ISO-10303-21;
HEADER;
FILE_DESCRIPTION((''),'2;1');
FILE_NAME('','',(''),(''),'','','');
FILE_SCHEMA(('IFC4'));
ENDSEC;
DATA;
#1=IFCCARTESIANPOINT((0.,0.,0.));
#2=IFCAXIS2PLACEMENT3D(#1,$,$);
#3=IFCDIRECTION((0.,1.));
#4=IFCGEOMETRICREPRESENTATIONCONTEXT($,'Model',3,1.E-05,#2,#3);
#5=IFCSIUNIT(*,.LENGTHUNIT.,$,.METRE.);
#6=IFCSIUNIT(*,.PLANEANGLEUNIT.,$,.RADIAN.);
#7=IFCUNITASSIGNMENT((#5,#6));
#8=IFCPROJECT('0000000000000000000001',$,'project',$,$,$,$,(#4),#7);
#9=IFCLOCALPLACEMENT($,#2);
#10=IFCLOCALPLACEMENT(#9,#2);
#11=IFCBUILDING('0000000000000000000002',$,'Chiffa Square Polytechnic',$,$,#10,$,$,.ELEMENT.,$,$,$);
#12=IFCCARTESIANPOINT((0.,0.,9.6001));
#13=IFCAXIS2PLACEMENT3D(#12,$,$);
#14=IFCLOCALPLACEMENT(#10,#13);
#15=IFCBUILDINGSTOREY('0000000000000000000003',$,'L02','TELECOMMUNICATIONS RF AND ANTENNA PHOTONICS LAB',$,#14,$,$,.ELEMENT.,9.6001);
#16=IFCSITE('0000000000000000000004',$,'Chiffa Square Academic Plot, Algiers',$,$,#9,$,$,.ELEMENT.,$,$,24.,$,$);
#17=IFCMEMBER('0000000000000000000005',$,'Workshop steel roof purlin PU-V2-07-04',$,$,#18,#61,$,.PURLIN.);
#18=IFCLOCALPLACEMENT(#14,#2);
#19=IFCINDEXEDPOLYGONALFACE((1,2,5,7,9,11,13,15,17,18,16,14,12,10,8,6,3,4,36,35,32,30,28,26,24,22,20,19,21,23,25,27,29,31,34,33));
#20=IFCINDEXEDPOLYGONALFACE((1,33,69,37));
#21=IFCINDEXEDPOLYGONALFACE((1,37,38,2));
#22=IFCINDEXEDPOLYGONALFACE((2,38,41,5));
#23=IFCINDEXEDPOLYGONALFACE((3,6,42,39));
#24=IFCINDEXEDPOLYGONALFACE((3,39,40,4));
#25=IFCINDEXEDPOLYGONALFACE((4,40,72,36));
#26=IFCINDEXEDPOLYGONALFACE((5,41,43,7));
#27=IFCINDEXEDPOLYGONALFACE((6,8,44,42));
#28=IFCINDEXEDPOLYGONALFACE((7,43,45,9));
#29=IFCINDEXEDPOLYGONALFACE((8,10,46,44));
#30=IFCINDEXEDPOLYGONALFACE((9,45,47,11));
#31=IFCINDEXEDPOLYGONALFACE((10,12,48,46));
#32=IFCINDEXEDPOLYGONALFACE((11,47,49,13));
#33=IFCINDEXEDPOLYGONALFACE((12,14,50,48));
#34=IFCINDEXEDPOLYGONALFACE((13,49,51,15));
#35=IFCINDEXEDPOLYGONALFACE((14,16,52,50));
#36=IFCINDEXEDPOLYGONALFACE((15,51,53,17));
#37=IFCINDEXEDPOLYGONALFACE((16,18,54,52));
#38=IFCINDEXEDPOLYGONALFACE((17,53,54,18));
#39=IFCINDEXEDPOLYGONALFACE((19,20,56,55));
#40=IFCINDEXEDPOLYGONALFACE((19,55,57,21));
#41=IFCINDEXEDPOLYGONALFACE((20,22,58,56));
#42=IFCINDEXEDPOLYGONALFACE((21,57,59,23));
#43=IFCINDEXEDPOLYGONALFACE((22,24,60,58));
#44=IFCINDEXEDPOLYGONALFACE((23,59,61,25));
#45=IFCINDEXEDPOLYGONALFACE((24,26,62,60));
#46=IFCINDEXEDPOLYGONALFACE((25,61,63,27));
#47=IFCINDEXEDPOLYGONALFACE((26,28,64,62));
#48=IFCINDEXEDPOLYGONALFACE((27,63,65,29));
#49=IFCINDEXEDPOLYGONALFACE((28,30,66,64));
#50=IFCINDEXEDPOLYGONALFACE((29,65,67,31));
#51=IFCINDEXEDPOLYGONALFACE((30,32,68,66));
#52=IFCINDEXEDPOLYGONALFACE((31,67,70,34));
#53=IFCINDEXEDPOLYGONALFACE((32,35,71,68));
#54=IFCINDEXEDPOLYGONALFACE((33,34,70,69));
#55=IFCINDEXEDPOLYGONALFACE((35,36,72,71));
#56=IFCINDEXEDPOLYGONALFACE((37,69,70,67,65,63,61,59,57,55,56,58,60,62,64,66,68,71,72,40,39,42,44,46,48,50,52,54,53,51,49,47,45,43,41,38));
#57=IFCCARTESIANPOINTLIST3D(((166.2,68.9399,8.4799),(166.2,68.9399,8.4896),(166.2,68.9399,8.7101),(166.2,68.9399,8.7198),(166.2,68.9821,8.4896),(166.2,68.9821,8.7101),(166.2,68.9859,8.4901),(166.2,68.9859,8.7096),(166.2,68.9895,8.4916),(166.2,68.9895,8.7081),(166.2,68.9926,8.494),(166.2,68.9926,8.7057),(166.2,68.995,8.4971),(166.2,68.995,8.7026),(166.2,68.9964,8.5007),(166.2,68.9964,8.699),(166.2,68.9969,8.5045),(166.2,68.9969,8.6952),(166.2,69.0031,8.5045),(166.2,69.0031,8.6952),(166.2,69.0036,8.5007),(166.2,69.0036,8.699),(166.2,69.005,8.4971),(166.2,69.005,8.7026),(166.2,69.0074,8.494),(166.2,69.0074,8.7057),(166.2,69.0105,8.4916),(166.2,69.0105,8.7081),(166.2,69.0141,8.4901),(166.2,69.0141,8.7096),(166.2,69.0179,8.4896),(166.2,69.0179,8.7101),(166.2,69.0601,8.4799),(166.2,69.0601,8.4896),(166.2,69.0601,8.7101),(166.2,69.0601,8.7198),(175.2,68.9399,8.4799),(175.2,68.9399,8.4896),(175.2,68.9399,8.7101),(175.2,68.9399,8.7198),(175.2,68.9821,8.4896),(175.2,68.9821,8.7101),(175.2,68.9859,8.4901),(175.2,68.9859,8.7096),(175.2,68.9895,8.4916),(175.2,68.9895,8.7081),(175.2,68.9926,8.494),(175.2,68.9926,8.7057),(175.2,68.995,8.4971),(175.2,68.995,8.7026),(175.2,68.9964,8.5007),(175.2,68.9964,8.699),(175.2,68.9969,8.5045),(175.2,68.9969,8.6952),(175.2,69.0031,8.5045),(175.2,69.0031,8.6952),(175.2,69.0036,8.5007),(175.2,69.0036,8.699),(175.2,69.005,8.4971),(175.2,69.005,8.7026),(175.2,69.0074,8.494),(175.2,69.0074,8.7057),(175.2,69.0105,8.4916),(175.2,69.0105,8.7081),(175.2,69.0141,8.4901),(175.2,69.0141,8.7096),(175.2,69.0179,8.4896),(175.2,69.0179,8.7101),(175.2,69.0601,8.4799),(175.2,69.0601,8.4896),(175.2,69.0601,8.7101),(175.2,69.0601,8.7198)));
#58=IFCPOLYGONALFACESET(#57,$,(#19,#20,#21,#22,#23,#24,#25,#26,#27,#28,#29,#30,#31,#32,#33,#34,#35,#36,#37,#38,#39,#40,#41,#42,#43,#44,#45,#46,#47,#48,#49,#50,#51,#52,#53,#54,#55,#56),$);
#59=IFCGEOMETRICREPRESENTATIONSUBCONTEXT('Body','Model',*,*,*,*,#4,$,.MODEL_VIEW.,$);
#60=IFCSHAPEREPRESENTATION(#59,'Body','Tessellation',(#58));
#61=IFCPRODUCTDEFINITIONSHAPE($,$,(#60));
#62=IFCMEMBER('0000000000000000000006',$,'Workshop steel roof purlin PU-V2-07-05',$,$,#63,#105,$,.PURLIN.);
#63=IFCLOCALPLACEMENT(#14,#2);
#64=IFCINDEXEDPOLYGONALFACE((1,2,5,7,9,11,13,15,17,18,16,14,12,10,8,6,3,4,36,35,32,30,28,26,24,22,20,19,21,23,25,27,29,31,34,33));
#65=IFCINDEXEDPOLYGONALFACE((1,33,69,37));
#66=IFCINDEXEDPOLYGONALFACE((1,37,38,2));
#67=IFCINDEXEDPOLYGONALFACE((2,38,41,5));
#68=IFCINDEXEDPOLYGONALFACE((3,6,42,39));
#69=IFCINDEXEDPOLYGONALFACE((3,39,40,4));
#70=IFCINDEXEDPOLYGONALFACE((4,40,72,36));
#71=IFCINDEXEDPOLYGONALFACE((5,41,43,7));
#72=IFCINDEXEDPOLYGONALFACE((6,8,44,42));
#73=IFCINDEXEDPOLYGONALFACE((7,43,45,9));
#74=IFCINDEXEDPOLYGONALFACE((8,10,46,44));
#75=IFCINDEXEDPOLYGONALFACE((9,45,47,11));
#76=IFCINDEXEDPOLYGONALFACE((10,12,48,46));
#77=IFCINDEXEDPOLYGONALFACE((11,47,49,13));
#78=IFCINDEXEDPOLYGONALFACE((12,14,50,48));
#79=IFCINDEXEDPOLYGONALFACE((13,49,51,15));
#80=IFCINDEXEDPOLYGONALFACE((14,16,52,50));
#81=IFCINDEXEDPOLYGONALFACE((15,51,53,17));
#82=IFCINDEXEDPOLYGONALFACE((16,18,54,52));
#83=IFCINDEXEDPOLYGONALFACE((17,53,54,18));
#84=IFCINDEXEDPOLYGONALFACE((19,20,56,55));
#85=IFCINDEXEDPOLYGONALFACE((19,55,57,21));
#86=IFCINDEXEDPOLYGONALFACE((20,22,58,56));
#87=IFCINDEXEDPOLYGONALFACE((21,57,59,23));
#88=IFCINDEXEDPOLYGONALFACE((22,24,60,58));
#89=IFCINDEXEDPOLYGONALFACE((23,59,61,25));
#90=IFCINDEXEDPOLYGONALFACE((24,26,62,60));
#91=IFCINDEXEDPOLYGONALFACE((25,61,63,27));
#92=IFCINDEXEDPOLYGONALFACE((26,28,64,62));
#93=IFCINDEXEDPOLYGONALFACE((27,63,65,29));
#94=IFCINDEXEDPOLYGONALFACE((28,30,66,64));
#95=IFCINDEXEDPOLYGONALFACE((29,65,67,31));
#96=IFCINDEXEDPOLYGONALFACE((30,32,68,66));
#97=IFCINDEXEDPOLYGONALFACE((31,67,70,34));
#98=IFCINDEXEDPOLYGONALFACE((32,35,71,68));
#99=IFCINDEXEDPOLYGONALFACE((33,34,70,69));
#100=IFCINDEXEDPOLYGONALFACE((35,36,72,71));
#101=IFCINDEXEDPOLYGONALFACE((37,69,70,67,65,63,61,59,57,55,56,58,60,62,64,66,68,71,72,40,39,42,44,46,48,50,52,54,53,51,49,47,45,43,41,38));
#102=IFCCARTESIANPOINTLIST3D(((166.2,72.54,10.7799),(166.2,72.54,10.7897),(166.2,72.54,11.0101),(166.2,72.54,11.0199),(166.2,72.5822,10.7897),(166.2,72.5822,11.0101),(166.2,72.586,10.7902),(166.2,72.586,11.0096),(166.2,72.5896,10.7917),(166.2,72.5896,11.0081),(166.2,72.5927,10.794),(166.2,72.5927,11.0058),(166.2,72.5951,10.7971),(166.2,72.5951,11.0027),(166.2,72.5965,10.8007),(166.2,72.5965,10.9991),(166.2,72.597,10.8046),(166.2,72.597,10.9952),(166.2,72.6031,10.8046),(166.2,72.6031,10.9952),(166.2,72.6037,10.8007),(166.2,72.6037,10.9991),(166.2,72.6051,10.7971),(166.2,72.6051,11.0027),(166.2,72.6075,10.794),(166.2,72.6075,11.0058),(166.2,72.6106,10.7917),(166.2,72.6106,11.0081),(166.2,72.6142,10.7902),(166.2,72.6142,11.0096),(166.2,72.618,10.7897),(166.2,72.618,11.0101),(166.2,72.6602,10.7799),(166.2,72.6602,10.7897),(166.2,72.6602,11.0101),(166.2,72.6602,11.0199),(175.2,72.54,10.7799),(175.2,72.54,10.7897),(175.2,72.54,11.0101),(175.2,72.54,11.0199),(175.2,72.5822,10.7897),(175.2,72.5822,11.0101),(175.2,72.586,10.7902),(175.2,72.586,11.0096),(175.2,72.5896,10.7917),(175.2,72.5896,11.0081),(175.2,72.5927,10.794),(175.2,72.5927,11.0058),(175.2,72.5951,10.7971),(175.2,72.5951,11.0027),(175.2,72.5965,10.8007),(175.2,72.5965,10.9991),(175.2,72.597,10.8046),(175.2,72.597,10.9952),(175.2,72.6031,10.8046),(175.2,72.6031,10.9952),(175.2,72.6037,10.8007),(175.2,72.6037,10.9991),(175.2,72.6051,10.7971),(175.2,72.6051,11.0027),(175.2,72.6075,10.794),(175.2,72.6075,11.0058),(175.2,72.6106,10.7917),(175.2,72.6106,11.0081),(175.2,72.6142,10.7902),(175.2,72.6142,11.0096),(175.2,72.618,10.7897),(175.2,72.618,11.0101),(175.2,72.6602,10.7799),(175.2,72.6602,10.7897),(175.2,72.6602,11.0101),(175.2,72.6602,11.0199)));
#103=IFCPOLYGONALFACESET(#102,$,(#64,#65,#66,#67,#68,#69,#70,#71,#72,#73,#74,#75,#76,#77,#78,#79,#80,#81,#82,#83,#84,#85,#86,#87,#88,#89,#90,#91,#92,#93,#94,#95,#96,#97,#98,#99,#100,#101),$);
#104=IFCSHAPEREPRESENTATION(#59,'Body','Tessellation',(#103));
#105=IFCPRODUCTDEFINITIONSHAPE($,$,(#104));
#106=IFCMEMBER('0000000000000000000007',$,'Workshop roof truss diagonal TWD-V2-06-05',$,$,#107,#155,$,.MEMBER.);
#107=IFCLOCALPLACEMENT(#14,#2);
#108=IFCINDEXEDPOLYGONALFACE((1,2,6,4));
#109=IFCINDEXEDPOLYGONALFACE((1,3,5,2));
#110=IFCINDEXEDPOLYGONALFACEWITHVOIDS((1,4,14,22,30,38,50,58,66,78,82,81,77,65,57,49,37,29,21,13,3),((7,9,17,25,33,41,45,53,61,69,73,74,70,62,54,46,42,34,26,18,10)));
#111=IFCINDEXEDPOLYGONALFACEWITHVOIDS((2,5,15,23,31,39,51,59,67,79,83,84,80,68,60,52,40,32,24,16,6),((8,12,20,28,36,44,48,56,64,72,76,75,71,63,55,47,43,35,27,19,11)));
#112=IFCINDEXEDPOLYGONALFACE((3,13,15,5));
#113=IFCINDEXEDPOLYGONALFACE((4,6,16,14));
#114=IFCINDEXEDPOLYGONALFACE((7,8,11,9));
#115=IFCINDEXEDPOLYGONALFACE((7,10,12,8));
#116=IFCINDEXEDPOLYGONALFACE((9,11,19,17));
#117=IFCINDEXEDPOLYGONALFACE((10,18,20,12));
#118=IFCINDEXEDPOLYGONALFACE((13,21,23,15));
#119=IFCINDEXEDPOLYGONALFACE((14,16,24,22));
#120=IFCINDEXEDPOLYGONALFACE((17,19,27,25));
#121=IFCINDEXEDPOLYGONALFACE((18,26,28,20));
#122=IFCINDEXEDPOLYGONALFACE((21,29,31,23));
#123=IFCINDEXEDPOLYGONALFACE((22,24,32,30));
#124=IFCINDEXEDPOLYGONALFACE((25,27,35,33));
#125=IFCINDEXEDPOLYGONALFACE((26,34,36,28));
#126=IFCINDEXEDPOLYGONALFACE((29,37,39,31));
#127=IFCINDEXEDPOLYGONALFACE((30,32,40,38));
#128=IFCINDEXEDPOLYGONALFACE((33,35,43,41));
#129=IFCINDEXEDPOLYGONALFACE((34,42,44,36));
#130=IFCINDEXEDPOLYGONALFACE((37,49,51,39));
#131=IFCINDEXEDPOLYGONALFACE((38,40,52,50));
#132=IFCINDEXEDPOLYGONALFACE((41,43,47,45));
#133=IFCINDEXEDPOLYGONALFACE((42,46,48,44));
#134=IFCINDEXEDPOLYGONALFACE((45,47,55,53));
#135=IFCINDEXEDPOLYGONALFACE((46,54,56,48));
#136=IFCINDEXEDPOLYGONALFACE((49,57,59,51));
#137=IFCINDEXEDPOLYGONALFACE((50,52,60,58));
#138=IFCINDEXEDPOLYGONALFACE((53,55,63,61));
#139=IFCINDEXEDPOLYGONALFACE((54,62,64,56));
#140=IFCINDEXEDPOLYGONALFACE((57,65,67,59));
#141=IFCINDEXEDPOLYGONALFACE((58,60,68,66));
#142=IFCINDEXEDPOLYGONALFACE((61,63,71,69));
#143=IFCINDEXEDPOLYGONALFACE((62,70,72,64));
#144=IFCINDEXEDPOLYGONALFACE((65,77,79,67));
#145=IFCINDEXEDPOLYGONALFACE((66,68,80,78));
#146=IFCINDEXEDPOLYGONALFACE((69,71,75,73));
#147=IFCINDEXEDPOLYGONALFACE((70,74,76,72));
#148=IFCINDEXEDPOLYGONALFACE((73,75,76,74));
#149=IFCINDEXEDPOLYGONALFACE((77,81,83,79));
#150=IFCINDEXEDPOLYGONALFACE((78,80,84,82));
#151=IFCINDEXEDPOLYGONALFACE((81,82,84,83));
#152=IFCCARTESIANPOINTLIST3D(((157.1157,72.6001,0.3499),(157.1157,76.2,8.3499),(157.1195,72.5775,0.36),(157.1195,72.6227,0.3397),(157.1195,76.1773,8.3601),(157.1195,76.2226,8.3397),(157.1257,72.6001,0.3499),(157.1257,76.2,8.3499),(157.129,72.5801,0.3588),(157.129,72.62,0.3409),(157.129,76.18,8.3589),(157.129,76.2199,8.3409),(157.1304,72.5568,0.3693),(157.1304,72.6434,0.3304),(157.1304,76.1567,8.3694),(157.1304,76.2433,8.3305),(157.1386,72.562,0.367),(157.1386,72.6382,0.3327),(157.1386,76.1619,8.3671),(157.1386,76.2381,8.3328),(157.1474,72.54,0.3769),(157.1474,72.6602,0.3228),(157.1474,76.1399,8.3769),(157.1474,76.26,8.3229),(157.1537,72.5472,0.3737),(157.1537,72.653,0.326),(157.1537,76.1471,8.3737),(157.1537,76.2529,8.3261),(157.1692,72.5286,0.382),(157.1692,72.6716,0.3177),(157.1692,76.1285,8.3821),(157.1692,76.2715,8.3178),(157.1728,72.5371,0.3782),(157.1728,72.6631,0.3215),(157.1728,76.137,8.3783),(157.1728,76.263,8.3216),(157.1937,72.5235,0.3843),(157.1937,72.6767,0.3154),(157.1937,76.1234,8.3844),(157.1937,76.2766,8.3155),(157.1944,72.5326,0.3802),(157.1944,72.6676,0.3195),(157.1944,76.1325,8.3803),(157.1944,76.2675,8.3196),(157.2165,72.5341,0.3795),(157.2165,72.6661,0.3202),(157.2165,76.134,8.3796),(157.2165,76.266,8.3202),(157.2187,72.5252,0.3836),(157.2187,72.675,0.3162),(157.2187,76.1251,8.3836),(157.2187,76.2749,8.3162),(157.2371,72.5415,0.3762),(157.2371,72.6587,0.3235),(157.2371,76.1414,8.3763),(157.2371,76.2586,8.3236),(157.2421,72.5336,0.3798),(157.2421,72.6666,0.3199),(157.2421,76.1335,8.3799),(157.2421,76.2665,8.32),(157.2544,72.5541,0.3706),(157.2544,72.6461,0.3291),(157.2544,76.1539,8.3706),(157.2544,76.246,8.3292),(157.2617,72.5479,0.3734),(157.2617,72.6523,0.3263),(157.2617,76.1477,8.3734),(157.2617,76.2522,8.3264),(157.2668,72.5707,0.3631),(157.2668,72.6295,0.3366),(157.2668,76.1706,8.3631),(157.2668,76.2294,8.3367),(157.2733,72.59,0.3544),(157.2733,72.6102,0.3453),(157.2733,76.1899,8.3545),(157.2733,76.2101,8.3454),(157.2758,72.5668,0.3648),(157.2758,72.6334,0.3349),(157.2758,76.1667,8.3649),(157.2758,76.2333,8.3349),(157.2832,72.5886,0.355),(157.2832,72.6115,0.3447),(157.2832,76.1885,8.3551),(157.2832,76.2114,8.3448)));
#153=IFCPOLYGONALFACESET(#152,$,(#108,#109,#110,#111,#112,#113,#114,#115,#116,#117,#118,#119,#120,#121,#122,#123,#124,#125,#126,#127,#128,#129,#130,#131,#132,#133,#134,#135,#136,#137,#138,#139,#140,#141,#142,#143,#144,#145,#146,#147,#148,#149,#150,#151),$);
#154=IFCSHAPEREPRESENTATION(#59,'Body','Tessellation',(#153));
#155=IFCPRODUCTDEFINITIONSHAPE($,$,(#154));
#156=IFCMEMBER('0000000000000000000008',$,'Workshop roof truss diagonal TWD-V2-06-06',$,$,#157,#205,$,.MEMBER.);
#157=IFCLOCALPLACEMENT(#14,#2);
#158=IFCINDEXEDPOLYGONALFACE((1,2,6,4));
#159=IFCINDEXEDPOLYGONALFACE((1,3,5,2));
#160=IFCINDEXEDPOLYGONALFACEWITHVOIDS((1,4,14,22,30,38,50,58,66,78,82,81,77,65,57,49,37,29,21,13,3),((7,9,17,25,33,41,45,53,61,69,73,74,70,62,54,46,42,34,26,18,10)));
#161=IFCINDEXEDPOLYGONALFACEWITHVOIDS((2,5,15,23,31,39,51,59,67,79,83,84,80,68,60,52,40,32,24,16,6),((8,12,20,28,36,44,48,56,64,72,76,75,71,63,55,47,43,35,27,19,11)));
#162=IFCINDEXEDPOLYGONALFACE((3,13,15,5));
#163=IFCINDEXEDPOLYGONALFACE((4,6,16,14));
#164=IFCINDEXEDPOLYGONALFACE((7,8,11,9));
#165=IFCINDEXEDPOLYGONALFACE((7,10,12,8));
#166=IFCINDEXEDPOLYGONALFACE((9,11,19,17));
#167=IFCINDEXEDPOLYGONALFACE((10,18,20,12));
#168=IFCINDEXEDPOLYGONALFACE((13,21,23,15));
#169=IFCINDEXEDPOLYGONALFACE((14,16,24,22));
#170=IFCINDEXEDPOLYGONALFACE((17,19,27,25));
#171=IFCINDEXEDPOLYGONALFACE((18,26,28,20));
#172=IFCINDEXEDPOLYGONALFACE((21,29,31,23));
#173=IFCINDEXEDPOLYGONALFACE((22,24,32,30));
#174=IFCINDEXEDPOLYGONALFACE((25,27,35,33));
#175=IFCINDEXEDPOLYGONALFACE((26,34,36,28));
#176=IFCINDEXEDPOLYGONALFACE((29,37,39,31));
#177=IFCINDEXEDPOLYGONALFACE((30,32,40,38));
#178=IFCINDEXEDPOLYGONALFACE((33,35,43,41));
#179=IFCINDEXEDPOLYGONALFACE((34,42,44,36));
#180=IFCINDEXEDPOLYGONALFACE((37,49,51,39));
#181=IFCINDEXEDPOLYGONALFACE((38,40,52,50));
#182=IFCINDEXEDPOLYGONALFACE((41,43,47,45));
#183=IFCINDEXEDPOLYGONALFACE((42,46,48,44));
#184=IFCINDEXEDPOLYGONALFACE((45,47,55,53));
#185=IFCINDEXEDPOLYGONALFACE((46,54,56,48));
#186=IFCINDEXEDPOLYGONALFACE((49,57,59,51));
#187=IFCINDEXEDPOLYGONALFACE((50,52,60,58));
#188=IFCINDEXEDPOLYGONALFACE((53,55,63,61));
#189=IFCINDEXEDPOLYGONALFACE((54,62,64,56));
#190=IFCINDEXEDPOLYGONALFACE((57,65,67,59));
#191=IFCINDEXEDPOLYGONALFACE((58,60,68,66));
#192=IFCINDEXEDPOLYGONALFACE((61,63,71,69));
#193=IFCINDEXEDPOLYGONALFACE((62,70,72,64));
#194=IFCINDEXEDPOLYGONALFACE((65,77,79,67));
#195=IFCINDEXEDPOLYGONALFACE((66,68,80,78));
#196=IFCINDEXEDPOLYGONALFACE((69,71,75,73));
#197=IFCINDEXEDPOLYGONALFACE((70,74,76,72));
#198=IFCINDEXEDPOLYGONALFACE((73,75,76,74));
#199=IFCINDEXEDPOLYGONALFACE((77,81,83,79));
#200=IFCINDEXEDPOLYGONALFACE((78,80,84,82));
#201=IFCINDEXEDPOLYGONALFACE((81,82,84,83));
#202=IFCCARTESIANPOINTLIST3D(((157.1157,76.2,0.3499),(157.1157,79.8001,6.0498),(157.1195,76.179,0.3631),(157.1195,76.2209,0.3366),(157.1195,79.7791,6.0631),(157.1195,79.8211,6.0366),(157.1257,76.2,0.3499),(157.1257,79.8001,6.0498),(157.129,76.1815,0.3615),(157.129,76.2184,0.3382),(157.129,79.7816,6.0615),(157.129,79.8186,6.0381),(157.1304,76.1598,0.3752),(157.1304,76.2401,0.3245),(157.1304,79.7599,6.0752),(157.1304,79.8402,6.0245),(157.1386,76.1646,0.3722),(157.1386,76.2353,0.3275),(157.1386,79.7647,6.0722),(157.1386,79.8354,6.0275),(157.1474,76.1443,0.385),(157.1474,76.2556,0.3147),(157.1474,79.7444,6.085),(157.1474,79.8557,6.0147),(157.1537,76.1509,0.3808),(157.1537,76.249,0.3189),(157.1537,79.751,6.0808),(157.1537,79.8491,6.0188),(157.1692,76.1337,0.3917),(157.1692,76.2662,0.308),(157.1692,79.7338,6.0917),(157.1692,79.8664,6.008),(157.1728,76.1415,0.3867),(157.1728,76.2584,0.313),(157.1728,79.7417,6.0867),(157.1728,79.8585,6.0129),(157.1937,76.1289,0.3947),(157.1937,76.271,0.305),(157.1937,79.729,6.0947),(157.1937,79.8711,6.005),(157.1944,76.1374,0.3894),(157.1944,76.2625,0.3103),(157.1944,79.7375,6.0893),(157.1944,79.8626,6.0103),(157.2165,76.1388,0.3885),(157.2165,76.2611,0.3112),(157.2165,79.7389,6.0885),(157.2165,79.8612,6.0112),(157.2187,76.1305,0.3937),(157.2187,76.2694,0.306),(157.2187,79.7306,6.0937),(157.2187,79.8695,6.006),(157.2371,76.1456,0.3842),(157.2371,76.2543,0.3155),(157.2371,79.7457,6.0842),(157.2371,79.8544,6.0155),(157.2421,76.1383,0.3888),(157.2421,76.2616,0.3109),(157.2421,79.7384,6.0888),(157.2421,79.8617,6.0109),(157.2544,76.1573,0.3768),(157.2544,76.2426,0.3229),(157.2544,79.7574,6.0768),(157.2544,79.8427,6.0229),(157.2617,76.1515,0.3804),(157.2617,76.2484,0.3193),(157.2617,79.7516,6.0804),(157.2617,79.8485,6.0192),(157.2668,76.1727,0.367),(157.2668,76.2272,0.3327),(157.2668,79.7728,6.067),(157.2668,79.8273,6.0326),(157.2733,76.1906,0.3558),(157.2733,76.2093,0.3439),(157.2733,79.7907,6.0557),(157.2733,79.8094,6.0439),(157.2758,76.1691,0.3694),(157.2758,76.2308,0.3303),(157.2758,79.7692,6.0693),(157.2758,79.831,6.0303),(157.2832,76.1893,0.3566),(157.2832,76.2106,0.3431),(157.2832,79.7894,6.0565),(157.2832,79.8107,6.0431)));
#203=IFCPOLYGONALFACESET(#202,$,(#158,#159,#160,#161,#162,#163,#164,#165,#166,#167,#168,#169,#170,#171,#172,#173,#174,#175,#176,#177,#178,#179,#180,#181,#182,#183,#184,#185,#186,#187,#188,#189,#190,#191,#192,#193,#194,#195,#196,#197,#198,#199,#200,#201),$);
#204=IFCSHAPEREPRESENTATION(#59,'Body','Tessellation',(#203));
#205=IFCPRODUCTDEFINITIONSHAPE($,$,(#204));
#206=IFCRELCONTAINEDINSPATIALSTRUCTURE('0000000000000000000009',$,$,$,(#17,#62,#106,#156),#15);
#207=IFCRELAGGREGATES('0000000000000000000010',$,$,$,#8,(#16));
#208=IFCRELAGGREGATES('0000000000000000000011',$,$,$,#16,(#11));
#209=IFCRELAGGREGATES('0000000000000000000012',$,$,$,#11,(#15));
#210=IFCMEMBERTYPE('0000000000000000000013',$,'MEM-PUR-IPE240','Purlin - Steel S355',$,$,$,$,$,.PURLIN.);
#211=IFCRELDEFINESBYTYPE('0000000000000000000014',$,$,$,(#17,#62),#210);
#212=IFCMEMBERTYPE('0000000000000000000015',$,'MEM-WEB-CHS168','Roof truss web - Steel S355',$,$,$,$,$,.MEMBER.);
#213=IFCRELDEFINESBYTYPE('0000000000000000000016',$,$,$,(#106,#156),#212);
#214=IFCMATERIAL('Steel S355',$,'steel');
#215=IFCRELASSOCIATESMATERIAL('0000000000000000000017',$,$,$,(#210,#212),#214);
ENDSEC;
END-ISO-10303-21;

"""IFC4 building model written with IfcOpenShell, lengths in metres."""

from ifc_helpers import new_model, si_unit, direction, frame, origin, origin_2d, place, context, subcontext, project, spatial, hollow_circle, i_section, extrude, material, material_profile, profile_set, type_object, element, save


model = new_model("IFC4")

# Units and contexts
model_context = context("Model", 3, precision=1e-05, world=origin(), true_north=direction((0.0, 1.0)))
body_context = subcontext(model_context, "Body", "Model", "MODEL_VIEW")
ifc_project = project(units=[si_unit("LENGTHUNIT", "METRE"), si_unit("PLANEANGLEUNIT", "RADIAN")], contexts=[model_context])

# Site, building, storey
site_placement = place(None, origin())
site = spatial("IfcSite", under=ifc_project, at=site_placement, Name="Chiffa Square Academic Plot, Algiers", CompositionType="ELEMENT", RefElevation=24.0)
building_placement = place(site_placement, origin())
building = spatial("IfcBuilding", under=site, at=building_placement, Name="Chiffa Square Polytechnic", CompositionType="ELEMENT")
storey_placement = place(building_placement, frame((0.0, 0.0, 9.6001)))
storey = spatial("IfcBuildingStorey", under=building, at=storey_placement, Name="L02", Description="TELECOMMUNICATIONS RF AND ANTENNA PHOTONICS LAB", CompositionType="ELEMENT", Elevation=9.6001)

# Members
ifc_material_1 = material(Name="Steel S355", Category="steel")
ifc_material_profile_1 = material_profile(ifc_material_1, i_section(OverallWidth=0.1201, OverallDepth=0.24, WebThickness=0.0061, FlangeThickness=0.0098, FilletRadius=0.0149, at=origin_2d()), Name="IPE 240")
ifc_profile_set_1 = profile_set([ifc_material_profile_1], Name="Steel S355")
member_type_1 = type_object("IfcMemberType", Name="MEM-PUR-IPE240", Description="Purlin - Steel S355", PredefinedType="PURLIN", material=ifc_profile_set_1)
for number, where, z_axis, x_axis, name in (
    (1, (166.2, 69.0, 8.5999), (1.0, 0.0, 0.0), (0.0, 1.0, 0.0), "Workshop steel roof purlin PU-V2-07-04"),
    (2, (166.2, 72.6001, 10.8999), (1.0, 0.0, 0.0), (0.0, 1.0, 0.0), "Workshop steel roof purlin PU-V2-07-05"),
):
    element("IfcMember", number, at=place(storey_placement, frame(where, z_axis=z_axis, x_axis=x_axis)), inside=storey, type_object=member_type_1, Name=name, PredefinedType="PURLIN", context=body_context, shape_type="SweptSolid", body=[
        extrude(i_section(OverallWidth=0.1201, OverallDepth=0.24, WebThickness=0.0061, FlangeThickness=0.0098, FilletRadius=0.0149, at=origin_2d()), origin(), (0.0, 0.0, 1.0), 9.0),
    ])
ifc_material_profile_2 = material_profile(ifc_material_1, hollow_circle(Radius=0.0842, WallThickness=0.01, at=origin_2d()), Name="CHS 168.3x10")
ifc_profile_set_2 = profile_set([ifc_material_profile_2], Name="Steel S355")
member_type_2 = type_object("IfcMemberType", Name="MEM-WEB-CHS168", Description="Roof truss web - Steel S355", PredefinedType="MEMBER", material=ifc_profile_set_2)
member_1_placement = place(storey_placement, frame((157.2, 72.6001, 0.3499), z_axis=(0.0, 0.410351, 0.911928), x_axis=(-1.0, 0.0, 0.0)))
element("IfcMember", 3, at=member_1_placement, inside=storey, type_object=member_type_2, Name="Workshop roof truss diagonal TWD-V2-06-05", PredefinedType="MEMBER", context=body_context, shape_type="SweptSolid", body=[
    extrude(hollow_circle(Radius=0.0842, WallThickness=0.01, at=origin_2d()), origin(), (0.0, 0.0, 1.0), 8.7727),
])
member_2_placement = place(storey_placement, frame((157.2, 76.2, 0.3499), z_axis=(0.0, 0.534007, 0.84548), x_axis=(-1.0, 0.0, 0.0)))
element("IfcMember", 4, at=member_2_placement, inside=storey, type_object=member_type_2, Name="Workshop roof truss diagonal TWD-V2-06-06", PredefinedType="MEMBER", context=body_context, shape_type="SweptSolid", body=[
    extrude(hollow_circle(Radius=0.0842, WallThickness=0.01, at=origin_2d()), origin(), (0.0, 0.0, 1.0), 6.7417),
])

save(model, "model.ifc")
